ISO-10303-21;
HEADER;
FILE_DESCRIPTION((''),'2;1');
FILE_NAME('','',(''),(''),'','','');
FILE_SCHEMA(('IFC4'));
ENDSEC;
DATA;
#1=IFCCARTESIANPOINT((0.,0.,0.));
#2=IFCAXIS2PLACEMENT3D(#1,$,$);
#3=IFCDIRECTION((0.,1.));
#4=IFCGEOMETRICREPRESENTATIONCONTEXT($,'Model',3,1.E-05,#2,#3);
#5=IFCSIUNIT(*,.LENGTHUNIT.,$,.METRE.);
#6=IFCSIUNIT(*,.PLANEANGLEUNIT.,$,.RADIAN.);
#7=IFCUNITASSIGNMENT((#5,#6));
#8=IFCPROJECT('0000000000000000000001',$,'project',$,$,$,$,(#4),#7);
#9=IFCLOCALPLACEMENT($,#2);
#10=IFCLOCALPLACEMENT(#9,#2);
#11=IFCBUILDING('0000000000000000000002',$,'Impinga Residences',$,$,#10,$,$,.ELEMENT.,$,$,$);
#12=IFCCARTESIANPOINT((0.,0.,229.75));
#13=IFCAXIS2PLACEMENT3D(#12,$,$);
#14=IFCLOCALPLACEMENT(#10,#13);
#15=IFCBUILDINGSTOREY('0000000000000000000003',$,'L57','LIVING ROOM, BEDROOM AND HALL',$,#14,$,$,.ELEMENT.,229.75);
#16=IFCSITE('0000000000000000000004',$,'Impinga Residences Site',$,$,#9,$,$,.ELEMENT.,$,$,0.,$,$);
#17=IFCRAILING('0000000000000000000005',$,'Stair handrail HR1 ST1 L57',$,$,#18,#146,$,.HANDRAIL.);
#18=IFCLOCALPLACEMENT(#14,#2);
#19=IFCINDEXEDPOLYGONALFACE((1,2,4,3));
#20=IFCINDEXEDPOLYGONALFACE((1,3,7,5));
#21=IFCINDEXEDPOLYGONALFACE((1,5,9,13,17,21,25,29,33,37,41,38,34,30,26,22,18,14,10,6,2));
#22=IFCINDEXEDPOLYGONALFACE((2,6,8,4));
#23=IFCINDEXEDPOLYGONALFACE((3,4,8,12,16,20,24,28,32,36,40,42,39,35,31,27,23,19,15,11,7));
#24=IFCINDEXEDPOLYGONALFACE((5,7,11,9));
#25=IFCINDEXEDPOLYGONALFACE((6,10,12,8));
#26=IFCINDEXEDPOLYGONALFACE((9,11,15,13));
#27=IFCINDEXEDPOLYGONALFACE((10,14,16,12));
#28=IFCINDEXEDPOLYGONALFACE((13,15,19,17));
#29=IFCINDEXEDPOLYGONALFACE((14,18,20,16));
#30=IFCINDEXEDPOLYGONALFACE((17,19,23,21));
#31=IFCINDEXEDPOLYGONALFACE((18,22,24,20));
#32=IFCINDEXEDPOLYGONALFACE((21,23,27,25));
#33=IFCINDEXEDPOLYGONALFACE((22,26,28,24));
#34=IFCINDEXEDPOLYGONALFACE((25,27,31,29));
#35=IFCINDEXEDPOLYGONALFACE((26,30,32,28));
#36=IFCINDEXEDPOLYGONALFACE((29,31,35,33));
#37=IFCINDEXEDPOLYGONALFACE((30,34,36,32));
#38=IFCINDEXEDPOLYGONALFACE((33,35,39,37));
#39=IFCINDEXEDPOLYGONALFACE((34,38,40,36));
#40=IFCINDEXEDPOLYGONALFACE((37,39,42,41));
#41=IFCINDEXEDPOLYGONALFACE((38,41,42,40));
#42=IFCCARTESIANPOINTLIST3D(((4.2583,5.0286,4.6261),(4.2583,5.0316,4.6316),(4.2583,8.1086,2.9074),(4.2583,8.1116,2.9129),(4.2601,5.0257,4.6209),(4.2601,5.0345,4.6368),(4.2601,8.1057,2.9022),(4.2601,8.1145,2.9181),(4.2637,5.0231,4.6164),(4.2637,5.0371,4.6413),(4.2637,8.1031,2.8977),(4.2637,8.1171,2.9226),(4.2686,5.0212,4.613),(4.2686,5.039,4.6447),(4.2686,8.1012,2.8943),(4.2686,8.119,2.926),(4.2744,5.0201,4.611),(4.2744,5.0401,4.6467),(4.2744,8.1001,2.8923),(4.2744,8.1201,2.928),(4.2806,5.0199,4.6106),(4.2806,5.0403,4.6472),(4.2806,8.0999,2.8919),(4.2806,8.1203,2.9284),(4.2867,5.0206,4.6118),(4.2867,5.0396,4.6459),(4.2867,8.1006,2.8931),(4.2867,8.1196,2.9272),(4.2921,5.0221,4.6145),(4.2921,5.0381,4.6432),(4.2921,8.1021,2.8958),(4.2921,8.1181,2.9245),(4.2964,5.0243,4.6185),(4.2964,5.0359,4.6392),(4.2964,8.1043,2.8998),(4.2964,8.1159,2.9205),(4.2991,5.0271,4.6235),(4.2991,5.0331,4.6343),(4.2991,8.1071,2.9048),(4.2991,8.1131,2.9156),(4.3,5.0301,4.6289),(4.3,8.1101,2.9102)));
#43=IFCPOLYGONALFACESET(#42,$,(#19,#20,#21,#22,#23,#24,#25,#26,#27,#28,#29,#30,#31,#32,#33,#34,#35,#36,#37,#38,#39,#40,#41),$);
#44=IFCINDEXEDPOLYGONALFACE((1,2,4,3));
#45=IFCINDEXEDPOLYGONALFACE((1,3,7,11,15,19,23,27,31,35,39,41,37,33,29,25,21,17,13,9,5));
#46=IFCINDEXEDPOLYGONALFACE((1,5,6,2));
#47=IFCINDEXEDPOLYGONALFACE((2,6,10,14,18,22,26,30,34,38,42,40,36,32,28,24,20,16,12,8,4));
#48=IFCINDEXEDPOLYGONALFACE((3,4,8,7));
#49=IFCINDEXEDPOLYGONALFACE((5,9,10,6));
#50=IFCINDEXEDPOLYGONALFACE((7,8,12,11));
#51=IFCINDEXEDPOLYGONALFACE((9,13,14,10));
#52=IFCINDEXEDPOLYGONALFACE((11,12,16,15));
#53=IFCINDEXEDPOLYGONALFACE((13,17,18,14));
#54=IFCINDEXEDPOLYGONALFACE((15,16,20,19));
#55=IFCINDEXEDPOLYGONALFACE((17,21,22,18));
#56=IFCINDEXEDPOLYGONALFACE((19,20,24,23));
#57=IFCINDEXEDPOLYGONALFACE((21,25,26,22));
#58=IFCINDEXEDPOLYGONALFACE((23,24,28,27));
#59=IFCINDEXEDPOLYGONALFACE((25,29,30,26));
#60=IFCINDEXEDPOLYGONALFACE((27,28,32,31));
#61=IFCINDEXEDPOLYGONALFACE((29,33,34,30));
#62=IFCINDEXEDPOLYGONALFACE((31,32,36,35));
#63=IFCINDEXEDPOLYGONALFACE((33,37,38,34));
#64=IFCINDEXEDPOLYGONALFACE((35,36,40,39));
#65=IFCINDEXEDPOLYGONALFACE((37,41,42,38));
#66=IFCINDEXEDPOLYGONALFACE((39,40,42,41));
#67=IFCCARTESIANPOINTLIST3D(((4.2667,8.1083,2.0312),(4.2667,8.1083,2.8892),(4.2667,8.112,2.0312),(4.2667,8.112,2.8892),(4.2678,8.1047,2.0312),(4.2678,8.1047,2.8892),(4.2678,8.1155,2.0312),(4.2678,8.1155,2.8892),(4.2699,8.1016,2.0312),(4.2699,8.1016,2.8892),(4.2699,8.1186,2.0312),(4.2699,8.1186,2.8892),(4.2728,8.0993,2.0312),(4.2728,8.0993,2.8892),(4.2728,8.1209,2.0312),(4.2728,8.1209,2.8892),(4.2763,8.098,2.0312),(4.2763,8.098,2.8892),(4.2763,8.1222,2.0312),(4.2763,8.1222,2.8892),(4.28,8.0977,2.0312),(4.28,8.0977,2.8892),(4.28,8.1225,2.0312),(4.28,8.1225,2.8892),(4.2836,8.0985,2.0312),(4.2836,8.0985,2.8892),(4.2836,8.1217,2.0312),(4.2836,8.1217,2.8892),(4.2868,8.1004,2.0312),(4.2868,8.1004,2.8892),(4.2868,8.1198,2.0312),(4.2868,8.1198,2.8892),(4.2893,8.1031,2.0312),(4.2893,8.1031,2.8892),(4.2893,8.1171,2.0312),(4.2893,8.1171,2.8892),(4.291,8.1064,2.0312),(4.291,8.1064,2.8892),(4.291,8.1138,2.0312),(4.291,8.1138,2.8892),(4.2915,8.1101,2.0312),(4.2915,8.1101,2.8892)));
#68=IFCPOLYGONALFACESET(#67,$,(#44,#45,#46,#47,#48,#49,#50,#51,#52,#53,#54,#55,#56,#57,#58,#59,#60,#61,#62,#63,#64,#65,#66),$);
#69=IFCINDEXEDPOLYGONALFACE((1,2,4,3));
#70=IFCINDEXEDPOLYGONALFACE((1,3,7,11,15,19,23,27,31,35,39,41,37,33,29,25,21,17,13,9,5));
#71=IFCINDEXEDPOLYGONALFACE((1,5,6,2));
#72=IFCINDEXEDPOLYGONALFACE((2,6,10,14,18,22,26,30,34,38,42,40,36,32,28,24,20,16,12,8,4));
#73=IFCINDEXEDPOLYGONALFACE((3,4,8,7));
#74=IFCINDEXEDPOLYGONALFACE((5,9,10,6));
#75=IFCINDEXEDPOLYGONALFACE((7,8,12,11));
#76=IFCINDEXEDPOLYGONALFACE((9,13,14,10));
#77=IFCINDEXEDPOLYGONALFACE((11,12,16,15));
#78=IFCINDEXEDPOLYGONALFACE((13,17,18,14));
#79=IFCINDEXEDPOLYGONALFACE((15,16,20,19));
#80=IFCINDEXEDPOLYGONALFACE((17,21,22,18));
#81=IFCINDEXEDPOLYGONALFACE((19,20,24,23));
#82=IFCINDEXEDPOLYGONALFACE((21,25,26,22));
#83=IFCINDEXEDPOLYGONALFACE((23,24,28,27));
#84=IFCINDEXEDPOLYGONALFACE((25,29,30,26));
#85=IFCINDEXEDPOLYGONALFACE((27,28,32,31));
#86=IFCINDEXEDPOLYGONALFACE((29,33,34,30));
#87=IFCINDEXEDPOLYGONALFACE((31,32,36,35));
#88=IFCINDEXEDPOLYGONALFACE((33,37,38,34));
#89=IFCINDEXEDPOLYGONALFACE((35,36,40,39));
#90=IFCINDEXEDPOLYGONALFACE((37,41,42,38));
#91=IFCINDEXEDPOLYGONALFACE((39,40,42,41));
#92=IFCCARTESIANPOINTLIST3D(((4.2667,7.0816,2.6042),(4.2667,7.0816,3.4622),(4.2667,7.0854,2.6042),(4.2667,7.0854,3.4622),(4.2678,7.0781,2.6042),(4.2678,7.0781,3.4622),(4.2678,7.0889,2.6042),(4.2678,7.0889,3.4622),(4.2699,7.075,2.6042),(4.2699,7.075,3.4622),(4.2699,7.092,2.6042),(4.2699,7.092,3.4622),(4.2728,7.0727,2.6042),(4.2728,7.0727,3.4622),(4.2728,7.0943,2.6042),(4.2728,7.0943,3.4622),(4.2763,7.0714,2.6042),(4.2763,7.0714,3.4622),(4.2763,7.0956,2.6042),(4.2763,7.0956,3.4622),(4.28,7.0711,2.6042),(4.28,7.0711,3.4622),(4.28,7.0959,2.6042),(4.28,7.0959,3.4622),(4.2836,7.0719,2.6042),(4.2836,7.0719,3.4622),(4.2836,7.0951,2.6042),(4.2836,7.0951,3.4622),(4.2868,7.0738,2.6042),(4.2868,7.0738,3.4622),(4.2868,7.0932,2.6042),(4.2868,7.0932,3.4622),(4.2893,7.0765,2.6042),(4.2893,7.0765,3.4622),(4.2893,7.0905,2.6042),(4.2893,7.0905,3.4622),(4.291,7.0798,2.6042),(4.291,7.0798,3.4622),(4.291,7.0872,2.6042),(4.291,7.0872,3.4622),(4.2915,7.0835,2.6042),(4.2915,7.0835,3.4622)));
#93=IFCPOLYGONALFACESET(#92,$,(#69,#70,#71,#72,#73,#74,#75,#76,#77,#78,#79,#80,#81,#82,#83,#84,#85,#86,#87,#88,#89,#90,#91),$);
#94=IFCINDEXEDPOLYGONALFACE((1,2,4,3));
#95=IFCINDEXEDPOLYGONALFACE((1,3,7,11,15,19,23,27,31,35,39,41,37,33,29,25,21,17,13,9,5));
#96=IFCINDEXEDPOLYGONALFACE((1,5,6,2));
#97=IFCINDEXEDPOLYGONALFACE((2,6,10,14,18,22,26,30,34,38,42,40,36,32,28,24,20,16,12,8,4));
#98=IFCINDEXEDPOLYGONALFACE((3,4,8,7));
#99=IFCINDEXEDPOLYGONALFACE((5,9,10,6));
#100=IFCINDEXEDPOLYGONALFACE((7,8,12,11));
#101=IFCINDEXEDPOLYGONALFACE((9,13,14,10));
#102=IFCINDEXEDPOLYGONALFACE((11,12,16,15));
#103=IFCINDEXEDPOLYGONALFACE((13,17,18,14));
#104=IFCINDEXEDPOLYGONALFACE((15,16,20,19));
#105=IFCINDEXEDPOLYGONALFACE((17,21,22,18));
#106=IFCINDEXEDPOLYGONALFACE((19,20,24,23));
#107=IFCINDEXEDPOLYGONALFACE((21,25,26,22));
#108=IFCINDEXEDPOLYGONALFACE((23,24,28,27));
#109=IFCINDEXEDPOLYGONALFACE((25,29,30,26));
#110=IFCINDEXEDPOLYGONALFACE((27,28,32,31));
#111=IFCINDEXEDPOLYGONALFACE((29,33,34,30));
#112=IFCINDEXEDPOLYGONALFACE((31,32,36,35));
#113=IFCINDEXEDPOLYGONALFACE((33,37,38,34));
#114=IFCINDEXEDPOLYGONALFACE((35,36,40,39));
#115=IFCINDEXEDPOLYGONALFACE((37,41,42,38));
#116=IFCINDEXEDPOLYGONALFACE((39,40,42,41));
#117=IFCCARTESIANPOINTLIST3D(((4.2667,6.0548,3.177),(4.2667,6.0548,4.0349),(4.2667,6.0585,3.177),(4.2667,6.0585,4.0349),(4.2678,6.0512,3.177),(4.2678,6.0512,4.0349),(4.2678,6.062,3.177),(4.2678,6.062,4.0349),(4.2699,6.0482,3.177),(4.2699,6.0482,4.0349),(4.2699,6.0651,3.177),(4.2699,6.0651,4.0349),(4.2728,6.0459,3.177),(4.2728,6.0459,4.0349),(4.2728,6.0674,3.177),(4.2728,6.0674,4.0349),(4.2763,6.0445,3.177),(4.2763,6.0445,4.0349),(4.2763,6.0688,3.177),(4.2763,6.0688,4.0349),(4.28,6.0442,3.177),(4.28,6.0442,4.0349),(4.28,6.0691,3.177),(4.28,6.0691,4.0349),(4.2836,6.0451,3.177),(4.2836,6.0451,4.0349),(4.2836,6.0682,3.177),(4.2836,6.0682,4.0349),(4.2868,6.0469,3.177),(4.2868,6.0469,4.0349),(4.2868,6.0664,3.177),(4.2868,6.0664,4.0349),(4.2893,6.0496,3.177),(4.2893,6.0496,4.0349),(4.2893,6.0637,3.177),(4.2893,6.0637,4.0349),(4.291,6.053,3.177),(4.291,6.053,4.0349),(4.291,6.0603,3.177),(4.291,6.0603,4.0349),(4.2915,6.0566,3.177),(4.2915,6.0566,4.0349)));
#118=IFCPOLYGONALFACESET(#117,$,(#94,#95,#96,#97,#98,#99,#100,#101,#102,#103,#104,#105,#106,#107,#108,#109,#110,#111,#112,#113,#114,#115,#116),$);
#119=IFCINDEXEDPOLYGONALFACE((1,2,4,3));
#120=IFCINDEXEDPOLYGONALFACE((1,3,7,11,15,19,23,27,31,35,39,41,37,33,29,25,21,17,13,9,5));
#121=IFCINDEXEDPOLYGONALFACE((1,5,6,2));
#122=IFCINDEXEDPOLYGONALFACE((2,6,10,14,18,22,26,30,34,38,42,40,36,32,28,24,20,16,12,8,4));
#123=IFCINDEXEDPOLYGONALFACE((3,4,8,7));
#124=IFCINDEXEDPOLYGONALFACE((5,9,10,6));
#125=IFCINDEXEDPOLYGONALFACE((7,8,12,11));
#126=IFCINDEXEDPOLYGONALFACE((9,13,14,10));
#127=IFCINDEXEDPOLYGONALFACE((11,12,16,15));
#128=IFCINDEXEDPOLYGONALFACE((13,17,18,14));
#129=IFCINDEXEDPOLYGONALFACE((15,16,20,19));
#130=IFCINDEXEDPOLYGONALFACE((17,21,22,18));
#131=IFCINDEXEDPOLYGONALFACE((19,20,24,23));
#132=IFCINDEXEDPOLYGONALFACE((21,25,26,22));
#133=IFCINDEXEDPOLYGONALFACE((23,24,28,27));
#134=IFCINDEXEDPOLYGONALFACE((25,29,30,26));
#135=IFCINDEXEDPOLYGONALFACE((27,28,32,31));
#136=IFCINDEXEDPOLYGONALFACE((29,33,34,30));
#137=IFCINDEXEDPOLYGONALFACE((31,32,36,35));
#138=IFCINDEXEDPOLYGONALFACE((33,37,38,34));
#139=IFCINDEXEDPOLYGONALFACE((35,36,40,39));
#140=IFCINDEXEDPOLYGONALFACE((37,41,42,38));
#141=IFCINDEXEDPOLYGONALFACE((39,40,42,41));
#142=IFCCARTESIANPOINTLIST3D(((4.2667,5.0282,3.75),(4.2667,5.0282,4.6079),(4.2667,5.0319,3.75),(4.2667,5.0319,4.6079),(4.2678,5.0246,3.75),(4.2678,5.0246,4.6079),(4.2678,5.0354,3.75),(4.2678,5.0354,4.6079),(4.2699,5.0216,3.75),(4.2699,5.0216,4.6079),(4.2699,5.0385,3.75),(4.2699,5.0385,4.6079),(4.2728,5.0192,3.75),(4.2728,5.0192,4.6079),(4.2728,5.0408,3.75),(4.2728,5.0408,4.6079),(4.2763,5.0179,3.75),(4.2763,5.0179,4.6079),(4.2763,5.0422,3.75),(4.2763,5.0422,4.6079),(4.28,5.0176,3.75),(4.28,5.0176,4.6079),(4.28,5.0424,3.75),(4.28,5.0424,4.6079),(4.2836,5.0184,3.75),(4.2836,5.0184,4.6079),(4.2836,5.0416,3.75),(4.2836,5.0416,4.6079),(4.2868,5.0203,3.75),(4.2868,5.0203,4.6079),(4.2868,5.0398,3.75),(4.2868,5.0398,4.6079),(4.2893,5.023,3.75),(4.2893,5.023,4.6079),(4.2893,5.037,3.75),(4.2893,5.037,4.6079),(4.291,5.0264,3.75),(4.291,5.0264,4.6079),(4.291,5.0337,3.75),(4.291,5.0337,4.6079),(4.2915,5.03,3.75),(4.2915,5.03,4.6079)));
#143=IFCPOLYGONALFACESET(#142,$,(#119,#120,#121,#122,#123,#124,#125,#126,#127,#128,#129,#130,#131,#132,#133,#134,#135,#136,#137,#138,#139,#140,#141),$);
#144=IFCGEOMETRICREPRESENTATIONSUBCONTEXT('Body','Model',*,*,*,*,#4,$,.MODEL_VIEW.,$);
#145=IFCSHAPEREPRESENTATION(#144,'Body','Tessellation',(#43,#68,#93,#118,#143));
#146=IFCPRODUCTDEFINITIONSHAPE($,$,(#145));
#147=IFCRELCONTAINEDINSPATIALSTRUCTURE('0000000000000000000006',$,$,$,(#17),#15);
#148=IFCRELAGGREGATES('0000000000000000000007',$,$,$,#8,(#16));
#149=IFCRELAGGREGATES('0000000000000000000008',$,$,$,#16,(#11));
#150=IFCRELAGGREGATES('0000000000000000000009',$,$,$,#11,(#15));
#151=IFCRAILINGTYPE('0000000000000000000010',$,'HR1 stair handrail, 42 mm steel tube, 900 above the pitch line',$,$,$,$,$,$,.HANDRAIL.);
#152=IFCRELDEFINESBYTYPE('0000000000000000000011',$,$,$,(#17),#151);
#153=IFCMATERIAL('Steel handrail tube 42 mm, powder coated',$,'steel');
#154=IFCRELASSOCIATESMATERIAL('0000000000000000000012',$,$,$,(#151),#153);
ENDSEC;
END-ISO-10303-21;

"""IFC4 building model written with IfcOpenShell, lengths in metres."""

from ifc_helpers import new_model, si_unit, direction, frame, origin, origin_2d, place, context, subcontext, project, spatial, circle, extrude, material, type_object, element, save


model = new_model("IFC4")

# Units and contexts
model_context = context("Model", 3, precision=1e-05, world=origin(), true_north=direction((0.0, 1.0)))
body_context = subcontext(model_context, "Body", "Model", "MODEL_VIEW")
ifc_project = project(units=[si_unit("LENGTHUNIT", "METRE"), si_unit("PLANEANGLEUNIT", "RADIAN")], contexts=[model_context])

# Site, building, storey
site_placement = place(None, origin())
site = spatial("IfcSite", under=ifc_project, at=site_placement, Name="Impinga Residences Site", CompositionType="ELEMENT", RefElevation=0.0)
building_placement = place(site_placement, origin())
building = spatial("IfcBuilding", under=site, at=building_placement, Name="Impinga Residences", CompositionType="ELEMENT")
storey_placement = place(building_placement, frame((0.0, 0.0, 229.75)))
storey = spatial("IfcBuildingStorey", under=building, at=storey_placement, Name="L57", Description="LIVING ROOM, BEDROOM AND HALL", CompositionType="ELEMENT", Elevation=229.75)

# Railing
ifc_material_1 = material(Name="Steel handrail tube 42 mm, powder coated", Category="steel")
railing_type = type_object("IfcRailingType", Name="HR1 stair handrail, 42 mm steel tube, 900 above the pitch line", PredefinedType="HANDRAIL", material=ifc_material_1)
railing_placement = place(storey_placement, frame((4.2791, 8.1101, 2.0312)))
element("IfcRailing", 1, at=railing_placement, inside=storey, type_object=railing_type, Name="Stair handrail HR1 ST1 L57", PredefinedType="HANDRAIL", context=body_context, shape_type="SweptSolid", body=[
    extrude(circle(Radius=0.021, at=origin_2d()), frame((0.0, 0.0, 0.8789), z_axis=(0.0, -0.873242, 0.487288), x_axis=(1.0, 0.0, 0.0)), (0.0, 0.0, 1.0), 3.5271),
    extrude(circle(Radius=0.0125, at=origin_2d()), origin(), (0.0, 0.0, 1.0), 0.8579),
    extrude(circle(Radius=0.0125, at=origin_2d()), frame((0.0, -1.0266, 0.573)), (0.0, 0.0, 1.0), 0.8579),
    extrude(circle(Radius=0.0125, at=origin_2d()), frame((0.0, -2.0535, 1.1458)), (0.0, 0.0, 1.0), 0.8579),
    extrude(circle(Radius=0.0125, at=origin_2d()), frame((0.0, -3.0801, 1.7188)), (0.0, 0.0, 1.0), 0.8579),
])

save(model, "model.ifc")
